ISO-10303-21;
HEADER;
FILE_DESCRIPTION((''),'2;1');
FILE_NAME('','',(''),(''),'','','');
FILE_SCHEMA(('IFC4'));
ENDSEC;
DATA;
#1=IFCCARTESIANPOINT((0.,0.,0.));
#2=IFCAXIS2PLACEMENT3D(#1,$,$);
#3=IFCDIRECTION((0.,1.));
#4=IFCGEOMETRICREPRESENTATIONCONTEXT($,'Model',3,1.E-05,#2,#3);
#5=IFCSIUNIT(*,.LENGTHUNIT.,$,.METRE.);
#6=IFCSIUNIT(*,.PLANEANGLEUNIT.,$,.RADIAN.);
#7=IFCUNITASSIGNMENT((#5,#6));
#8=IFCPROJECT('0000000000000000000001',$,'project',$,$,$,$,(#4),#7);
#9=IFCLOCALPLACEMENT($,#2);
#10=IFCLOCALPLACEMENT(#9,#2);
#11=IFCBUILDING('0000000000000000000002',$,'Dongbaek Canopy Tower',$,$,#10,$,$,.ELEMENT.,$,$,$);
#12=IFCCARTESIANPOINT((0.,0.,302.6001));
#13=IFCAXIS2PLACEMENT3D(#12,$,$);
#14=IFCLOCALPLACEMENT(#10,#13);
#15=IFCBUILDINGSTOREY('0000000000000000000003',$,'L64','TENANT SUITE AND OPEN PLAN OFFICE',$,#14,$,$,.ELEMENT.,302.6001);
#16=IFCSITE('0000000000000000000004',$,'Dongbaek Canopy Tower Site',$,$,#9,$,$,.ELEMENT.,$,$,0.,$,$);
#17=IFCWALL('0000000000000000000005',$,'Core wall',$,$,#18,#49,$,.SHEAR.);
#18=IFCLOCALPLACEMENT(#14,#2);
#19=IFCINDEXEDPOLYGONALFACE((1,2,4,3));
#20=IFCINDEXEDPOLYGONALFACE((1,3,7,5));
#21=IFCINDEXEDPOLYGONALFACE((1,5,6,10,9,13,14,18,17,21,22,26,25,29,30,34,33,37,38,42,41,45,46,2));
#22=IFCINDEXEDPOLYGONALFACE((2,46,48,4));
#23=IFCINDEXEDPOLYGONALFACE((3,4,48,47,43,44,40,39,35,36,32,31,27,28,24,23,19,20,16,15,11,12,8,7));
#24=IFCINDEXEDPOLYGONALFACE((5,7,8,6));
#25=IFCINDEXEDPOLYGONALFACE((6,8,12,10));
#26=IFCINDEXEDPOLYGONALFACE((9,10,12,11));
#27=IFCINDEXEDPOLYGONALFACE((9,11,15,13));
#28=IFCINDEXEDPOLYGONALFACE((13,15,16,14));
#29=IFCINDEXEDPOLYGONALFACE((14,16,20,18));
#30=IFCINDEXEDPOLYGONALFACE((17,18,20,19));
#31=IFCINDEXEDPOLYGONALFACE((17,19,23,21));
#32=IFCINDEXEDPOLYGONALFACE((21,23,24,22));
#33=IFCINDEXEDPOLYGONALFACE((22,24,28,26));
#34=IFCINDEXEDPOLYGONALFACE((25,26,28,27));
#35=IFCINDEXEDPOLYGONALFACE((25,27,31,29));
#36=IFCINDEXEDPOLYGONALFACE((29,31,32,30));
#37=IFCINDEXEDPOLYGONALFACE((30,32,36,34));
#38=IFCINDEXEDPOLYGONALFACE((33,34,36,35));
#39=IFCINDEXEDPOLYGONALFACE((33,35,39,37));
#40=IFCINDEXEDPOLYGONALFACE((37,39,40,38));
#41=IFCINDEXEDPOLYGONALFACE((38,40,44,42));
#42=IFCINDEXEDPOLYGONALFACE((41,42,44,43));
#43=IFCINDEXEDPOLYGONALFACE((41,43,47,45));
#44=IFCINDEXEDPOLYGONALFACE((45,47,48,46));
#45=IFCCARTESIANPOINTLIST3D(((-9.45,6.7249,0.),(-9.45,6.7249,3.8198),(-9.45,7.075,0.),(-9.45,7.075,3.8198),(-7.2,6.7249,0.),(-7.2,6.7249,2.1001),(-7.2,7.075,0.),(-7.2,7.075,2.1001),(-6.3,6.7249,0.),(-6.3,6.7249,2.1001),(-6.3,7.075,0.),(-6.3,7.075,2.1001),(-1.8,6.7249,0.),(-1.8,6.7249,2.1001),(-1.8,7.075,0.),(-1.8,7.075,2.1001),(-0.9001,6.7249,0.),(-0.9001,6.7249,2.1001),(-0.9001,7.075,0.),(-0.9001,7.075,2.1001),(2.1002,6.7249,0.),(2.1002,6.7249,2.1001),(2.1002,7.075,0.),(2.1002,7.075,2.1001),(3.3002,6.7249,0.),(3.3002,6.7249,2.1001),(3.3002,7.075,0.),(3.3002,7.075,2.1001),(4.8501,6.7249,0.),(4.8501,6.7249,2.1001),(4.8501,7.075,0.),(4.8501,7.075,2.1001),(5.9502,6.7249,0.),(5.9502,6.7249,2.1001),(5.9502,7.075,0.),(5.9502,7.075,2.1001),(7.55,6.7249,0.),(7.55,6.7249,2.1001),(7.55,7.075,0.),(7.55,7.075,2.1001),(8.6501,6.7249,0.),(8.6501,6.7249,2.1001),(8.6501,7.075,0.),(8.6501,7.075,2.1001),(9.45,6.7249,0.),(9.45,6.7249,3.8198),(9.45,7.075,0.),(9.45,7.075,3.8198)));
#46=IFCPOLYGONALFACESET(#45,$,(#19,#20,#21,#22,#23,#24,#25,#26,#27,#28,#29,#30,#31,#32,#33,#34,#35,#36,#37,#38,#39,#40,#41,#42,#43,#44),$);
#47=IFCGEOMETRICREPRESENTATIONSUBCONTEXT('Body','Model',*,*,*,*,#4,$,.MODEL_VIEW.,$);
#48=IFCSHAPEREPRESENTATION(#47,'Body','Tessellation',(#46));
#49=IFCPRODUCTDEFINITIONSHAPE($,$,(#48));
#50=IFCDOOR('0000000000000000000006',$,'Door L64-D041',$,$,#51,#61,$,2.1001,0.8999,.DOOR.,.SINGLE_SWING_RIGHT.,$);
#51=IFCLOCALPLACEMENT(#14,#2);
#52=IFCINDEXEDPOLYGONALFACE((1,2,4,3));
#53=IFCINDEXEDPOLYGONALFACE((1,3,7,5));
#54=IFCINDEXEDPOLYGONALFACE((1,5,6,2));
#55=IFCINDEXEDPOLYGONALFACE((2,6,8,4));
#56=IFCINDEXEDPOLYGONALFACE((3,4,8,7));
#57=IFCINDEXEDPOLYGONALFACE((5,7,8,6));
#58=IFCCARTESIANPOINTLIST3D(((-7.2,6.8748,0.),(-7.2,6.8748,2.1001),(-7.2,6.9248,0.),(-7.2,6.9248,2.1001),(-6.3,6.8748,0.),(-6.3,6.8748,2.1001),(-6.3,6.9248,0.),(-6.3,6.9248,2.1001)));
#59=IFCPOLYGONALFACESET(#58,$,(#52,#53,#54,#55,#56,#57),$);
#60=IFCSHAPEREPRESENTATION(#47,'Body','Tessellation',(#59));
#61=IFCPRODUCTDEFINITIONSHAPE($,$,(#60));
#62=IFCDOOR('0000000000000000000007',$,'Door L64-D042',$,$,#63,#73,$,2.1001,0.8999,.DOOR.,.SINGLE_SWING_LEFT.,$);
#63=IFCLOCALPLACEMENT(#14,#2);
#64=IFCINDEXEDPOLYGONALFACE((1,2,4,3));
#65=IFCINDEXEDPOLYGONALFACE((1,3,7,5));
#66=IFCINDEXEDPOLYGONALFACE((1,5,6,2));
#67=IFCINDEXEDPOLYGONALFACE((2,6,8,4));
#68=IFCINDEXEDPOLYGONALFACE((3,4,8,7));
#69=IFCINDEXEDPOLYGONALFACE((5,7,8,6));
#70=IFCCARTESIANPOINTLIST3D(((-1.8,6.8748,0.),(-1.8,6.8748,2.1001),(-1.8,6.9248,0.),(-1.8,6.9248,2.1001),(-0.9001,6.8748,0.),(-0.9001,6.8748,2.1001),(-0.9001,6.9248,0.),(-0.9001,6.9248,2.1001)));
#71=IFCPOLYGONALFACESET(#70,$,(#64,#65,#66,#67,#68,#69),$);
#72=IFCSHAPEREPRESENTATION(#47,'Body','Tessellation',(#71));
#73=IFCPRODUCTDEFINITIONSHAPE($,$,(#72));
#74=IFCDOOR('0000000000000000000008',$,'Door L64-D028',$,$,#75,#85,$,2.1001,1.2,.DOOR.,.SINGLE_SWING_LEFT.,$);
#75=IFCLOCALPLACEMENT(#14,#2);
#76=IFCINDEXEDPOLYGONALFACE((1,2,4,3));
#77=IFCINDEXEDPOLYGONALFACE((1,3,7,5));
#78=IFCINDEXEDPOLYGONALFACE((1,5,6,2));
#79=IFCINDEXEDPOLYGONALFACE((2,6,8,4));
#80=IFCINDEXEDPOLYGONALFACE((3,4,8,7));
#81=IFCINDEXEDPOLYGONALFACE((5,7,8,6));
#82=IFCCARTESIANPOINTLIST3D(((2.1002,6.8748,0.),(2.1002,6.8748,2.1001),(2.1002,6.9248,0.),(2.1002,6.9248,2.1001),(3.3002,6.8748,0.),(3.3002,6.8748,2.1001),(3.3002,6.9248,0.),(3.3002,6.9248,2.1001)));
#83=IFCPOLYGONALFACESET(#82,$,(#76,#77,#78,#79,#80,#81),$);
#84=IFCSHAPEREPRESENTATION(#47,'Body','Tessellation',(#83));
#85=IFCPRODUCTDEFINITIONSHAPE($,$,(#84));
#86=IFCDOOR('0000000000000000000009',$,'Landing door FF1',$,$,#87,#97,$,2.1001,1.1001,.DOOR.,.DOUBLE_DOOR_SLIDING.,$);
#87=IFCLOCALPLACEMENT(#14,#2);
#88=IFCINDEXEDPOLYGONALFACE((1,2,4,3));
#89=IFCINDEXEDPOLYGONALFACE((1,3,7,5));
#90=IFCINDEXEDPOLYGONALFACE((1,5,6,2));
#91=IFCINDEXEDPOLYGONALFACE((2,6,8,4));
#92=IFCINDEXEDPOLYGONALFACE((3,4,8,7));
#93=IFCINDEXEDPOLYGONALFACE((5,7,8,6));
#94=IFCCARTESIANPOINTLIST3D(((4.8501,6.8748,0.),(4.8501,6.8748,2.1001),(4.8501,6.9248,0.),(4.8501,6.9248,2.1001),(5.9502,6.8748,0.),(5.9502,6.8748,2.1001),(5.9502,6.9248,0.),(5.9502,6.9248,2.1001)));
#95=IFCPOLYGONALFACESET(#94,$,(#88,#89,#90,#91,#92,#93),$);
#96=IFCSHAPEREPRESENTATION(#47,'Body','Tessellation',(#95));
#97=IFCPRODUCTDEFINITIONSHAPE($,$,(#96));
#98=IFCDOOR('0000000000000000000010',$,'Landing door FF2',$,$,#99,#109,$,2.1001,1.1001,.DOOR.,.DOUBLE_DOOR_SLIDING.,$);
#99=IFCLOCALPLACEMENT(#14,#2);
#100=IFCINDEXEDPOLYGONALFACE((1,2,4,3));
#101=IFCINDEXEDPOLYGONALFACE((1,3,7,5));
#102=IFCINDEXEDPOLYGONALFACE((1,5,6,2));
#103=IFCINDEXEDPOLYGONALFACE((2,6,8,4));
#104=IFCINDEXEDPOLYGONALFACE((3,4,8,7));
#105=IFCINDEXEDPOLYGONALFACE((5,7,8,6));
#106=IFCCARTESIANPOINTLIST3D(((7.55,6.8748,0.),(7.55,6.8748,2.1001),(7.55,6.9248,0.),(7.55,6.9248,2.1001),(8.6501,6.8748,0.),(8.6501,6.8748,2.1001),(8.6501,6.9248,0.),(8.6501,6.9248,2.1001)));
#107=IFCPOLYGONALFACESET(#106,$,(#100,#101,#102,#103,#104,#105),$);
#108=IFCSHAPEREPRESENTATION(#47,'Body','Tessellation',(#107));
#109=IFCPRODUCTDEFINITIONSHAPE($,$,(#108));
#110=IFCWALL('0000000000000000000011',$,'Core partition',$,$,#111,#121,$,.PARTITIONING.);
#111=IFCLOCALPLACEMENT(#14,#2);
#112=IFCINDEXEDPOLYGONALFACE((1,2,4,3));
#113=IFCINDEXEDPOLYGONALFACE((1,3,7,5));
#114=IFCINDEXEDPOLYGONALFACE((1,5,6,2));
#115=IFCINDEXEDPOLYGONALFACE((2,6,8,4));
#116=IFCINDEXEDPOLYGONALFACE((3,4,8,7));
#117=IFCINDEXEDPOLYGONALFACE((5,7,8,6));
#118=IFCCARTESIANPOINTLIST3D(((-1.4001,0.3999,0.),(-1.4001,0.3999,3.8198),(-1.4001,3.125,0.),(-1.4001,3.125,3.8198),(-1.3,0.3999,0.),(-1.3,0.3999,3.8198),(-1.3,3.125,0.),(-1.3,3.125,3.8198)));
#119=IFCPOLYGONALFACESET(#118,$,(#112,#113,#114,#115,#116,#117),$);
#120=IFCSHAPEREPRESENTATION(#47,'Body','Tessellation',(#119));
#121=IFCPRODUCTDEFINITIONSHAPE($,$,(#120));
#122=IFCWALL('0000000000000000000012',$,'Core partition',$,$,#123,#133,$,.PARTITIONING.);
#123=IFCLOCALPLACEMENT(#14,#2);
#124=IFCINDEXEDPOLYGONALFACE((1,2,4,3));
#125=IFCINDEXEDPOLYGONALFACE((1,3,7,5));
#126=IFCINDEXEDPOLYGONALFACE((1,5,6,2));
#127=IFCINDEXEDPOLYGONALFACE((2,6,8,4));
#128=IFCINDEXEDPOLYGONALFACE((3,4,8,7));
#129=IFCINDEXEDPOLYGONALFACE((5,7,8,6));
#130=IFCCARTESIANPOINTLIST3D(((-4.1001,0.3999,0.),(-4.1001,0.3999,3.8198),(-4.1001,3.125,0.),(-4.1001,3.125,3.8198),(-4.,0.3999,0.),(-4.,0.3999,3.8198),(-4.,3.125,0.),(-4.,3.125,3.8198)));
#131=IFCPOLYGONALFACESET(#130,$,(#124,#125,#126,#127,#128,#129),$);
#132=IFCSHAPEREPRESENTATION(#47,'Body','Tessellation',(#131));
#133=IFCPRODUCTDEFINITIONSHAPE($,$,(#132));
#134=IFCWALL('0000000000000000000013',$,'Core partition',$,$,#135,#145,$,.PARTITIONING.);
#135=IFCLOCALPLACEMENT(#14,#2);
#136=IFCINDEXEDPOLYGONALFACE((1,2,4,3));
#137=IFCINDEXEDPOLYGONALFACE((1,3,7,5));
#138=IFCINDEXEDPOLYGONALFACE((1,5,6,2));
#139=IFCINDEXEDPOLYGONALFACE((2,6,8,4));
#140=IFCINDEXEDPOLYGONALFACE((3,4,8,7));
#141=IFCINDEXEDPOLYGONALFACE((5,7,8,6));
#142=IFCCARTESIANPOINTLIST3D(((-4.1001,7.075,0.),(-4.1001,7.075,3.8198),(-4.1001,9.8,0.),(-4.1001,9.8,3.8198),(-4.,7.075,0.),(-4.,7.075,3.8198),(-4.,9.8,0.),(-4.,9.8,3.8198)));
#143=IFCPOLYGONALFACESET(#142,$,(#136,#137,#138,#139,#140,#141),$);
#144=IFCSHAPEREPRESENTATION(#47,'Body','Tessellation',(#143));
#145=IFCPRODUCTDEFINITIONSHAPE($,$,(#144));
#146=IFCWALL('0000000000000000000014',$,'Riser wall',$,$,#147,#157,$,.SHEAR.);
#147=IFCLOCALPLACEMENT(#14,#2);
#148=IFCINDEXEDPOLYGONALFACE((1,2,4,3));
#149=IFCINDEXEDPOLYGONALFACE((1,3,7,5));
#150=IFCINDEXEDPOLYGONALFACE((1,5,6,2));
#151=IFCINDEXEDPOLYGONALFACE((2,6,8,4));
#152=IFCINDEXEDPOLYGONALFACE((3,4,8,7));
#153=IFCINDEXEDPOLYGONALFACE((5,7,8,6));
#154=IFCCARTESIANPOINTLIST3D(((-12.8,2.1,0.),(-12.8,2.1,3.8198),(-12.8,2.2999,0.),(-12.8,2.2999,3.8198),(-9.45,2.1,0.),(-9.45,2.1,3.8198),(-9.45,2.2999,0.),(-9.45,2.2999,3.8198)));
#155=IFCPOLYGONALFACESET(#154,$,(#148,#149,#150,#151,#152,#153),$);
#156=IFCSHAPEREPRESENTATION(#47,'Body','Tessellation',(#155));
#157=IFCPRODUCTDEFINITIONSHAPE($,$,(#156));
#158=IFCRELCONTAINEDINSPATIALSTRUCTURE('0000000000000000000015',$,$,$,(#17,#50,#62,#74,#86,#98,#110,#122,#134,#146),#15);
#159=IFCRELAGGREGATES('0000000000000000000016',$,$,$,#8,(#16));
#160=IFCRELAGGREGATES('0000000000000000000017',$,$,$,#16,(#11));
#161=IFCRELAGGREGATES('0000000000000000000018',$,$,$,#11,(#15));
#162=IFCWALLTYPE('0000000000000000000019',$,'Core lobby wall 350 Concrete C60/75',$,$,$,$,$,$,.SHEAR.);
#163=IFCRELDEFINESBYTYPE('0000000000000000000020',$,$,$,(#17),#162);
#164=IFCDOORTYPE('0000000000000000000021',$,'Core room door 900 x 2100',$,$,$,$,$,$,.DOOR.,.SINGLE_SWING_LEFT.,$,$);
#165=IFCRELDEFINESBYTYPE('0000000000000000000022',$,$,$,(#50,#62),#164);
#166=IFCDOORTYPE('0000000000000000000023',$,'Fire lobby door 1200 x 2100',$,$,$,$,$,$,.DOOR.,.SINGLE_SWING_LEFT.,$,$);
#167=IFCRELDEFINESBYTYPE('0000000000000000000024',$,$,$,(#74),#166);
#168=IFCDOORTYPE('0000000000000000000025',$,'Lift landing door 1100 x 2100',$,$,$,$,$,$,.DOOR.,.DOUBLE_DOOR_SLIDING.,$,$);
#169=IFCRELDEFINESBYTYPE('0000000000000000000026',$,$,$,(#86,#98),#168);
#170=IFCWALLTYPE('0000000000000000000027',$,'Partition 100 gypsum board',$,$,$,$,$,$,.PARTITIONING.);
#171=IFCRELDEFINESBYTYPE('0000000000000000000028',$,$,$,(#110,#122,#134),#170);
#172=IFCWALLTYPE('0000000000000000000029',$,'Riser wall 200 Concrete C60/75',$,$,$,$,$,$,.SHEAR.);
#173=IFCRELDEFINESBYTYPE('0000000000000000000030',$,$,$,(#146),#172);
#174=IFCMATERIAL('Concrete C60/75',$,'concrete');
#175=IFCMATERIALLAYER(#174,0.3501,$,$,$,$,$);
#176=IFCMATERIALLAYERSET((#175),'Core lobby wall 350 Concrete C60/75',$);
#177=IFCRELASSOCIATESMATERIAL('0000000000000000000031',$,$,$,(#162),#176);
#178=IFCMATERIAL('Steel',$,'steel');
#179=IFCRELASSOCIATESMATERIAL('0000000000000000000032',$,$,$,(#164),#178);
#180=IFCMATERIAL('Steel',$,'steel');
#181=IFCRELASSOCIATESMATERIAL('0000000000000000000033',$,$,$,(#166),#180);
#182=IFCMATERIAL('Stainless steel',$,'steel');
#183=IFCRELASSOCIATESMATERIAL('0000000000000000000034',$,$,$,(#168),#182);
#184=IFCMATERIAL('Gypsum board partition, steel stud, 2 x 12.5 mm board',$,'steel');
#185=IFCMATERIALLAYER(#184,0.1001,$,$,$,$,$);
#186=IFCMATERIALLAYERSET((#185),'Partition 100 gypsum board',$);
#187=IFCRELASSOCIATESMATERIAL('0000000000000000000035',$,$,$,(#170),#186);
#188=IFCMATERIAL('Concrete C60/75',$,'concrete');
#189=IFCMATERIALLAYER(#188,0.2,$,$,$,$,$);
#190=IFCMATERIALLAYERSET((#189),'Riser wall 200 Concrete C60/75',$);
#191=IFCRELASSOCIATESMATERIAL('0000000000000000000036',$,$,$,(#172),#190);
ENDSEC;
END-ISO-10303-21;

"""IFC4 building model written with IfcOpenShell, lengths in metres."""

from ifc_helpers import new_model, si_unit, direction, frame, frame_2d, origin, place, context, subcontext, project, spatial, rectangle, extrude, material, layer, layer_set, type_object, element, fill, save


model = new_model("IFC4")

# Units and contexts
model_context = context("Model", 3, precision=1e-05, world=origin(), true_north=direction((0.0, 1.0)))
body_context = subcontext(model_context, "Body", "Model", "MODEL_VIEW")
ifc_project = project(units=[si_unit("LENGTHUNIT", "METRE"), si_unit("PLANEANGLEUNIT", "RADIAN")], contexts=[model_context])

# Site, building, storey
site_placement = place(None, origin())
site = spatial("IfcSite", under=ifc_project, at=site_placement, Name="Dongbaek Canopy Tower Site", CompositionType="ELEMENT", RefElevation=0.0)
building_placement = place(site_placement, origin())
building = spatial("IfcBuilding", under=site, at=building_placement, Name="Dongbaek Canopy Tower", CompositionType="ELEMENT")
storey_placement = place(building_placement, frame((0.0, 0.0, 302.6001)))
storey = spatial("IfcBuildingStorey", under=building, at=storey_placement, Name="L64", Description="TENANT SUITE AND OPEN PLAN OFFICE", CompositionType="ELEMENT", Elevation=302.6001)

# Wall, openings, doors
ifc_material_1 = material(Name="Concrete C60/75", Category="concrete")
ifc_layer_1 = layer(ifc_material_1, 0.3501)
ifc_layer_set_1 = layer_set([ifc_layer_1], Name="Core lobby wall 350 Concrete C60/75")
wall_type_1 = type_object("IfcWallType", Name="Core lobby wall 350 Concrete C60/75", PredefinedType="SHEAR", material=ifc_layer_set_1)
wall_1_placement = place(storey_placement, frame((-9.45, 6.8999, 0.0), z_axis=(0.0, 0.0, 1.0), x_axis=(1.0, 0.0, 0.0)))
wall_1 = element("IfcWall", 1, at=wall_1_placement, inside=storey, type_object=wall_type_1, Name="Core wall", PredefinedType="SHEAR", context=body_context, shape_type="SweptSolid", body=[
    extrude(rectangle(XDim=18.8999, YDim=0.3501, at=frame_2d((9.45, 0.0))), origin(), (0.0, 0.0, 1.0), 3.8198),
])
opening_1_placement = place(wall_1_placement, frame((11.55, 0.0, 0.0)))
opening_1 = element("IfcOpeningElement", 2, at=opening_1_placement, cuts=wall_1, PredefinedType="OPENING", context=body_context, shape_type="SweptSolid", body=[
    extrude(rectangle(XDim=1.2, YDim=2.1001, at=frame_2d((0.6001, 1.05))), frame((0.0, 0.1851, 0.0), z_axis=(0.0, -1.0, 0.0), x_axis=(1.0, 0.0, 0.0)), (0.0, 0.0, 1.0), 0.3701),
])
opening_2_placement = place(wall_1_placement, frame((14.3, 0.0, 0.0)))
opening_2 = element("IfcOpeningElement", 3, at=opening_2_placement, cuts=wall_1, PredefinedType="OPENING", context=body_context, shape_type="SweptSolid", body=[
    extrude(rectangle(XDim=1.1001, YDim=2.1001, at=frame_2d((0.55, 1.05))), frame((0.0, 0.1851, 0.0), z_axis=(0.0, -1.0, 0.0), x_axis=(1.0, 0.0, 0.0)), (0.0, 0.0, 1.0), 0.3701),
])
opening_3_placement = place(wall_1_placement, frame((17.0, 0.0, 0.0)))
opening_3 = element("IfcOpeningElement", 4, at=opening_3_placement, cuts=wall_1, PredefinedType="OPENING", context=body_context, shape_type="SweptSolid", body=[
    extrude(rectangle(XDim=1.1001, YDim=2.1001, at=frame_2d((0.55, 1.05))), frame((0.0, 0.1851, 0.0), z_axis=(0.0, -1.0, 0.0), x_axis=(1.0, 0.0, 0.0)), (0.0, 0.0, 1.0), 0.3701),
])
opening_4_placement = place(wall_1_placement, frame((2.25, 0.0, 0.0)))
opening_4 = element("IfcOpeningElement", 5, at=opening_4_placement, cuts=wall_1, PredefinedType="OPENING", context=body_context, shape_type="SweptSolid", body=[
    extrude(rectangle(XDim=0.8999, YDim=2.1001, at=frame_2d((0.45, 1.05))), frame((0.0, 0.1851, 0.0), z_axis=(0.0, -1.0, 0.0), x_axis=(1.0, 0.0, 0.0)), (0.0, 0.0, 1.0), 0.3701),
])
opening_5_placement = place(wall_1_placement, frame((7.6499, 0.0, 0.0)))
opening_5 = element("IfcOpeningElement", 6, at=opening_5_placement, cuts=wall_1, PredefinedType="OPENING", context=body_context, shape_type="SweptSolid", body=[
    extrude(rectangle(XDim=0.8999, YDim=2.1001, at=frame_2d((0.45, 1.05))), frame((0.0, 0.1851, 0.0), z_axis=(0.0, -1.0, 0.0), x_axis=(1.0, 0.0, 0.0)), (0.0, 0.0, 1.0), 0.3701),
])
ifc_material_2 = material(Name="Steel", Category="steel")
door_type_1 = type_object("IfcDoorType", Name="Core room door 900 x 2100", OperationType="SINGLE_SWING_LEFT", PredefinedType="DOOR", material=ifc_material_2)
door_1_placement = place(opening_4_placement, origin())
door_1 = element("IfcDoor", 7, at=door_1_placement, inside=storey, type_object=door_type_1, Name="Door L64-D041", OperationType="SINGLE_SWING_RIGHT", OverallHeight=2.1001, OverallWidth=0.8999, PredefinedType="DOOR", context=body_context, shape_type="SweptSolid", body=[
    extrude(rectangle(XDim=0.8999, YDim=2.1001, at=frame_2d((0.45, 1.05))), frame((0.0, 0.0249, 0.0), z_axis=(0.0, -1.0, 0.0), x_axis=(1.0, 0.0, 0.0)), (0.0, 0.0, 1.0), 0.05),
])
fill(opening_4, door_1)
door_2_placement = place(opening_5_placement, origin())
door_2 = element("IfcDoor", 8, at=door_2_placement, inside=storey, type_object=door_type_1, Name="Door L64-D042", OperationType="SINGLE_SWING_LEFT", OverallHeight=2.1001, OverallWidth=0.8999, PredefinedType="DOOR", context=body_context, shape_type="SweptSolid", body=[
    extrude(rectangle(XDim=0.8999, YDim=2.1001, at=frame_2d((0.45, 1.05))), frame((0.0, 0.0249, 0.0), z_axis=(0.0, -1.0, 0.0), x_axis=(1.0, 0.0, 0.0)), (0.0, 0.0, 1.0), 0.05),
])
fill(opening_5, door_2)
ifc_material_3 = material(Name="Steel", Category="steel")
door_type_2 = type_object("IfcDoorType", Name="Fire lobby door 1200 x 2100", OperationType="SINGLE_SWING_LEFT", PredefinedType="DOOR", material=ifc_material_3)
door_3_placement = place(opening_1_placement, origin())
door_3 = element("IfcDoor", 9, at=door_3_placement, inside=storey, type_object=door_type_2, Name="Door L64-D028", OperationType="SINGLE_SWING_LEFT", OverallHeight=2.1001, OverallWidth=1.2, PredefinedType="DOOR", context=body_context, shape_type="SweptSolid", body=[
    extrude(rectangle(XDim=1.2, YDim=2.1001, at=frame_2d((0.6001, 1.05))), frame((0.0, 0.0249, 0.0), z_axis=(0.0, -1.0, 0.0), x_axis=(1.0, 0.0, 0.0)), (0.0, 0.0, 1.0), 0.05),
])
fill(opening_1, door_3)
ifc_material_4 = material(Name="Stainless steel", Category="steel")
door_type_3 = type_object("IfcDoorType", Name="Lift landing door 1100 x 2100", OperationType="DOUBLE_DOOR_SLIDING", PredefinedType="DOOR", material=ifc_material_4)
door_4_placement = place(opening_2_placement, origin())
door_4 = element("IfcDoor", 10, at=door_4_placement, inside=storey, type_object=door_type_3, Name="Landing door FF1", OperationType="DOUBLE_DOOR_SLIDING", OverallHeight=2.1001, OverallWidth=1.1001, PredefinedType="DOOR", context=body_context, shape_type="SweptSolid", body=[
    extrude(rectangle(XDim=1.1001, YDim=2.1001, at=frame_2d((0.55, 1.05))), frame((0.0, 0.0249, 0.0), z_axis=(0.0, -1.0, 0.0), x_axis=(1.0, 0.0, 0.0)), (0.0, 0.0, 1.0), 0.05),
])
fill(opening_2, door_4)
door_5_placement = place(opening_3_placement, origin())
door_5 = element("IfcDoor", 11, at=door_5_placement, inside=storey, type_object=door_type_3, Name="Landing door FF2", OperationType="DOUBLE_DOOR_SLIDING", OverallHeight=2.1001, OverallWidth=1.1001, PredefinedType="DOOR", context=body_context, shape_type="SweptSolid", body=[
    extrude(rectangle(XDim=1.1001, YDim=2.1001, at=frame_2d((0.55, 1.05))), frame((0.0, 0.0249, 0.0), z_axis=(0.0, -1.0, 0.0), x_axis=(1.0, 0.0, 0.0)), (0.0, 0.0, 1.0), 0.05),
])
fill(opening_3, door_5)

# Walls
ifc_material_5 = material(Name="Gypsum board partition, steel stud, 2 x 12.5 mm board", Category="steel")
ifc_layer_2 = layer(ifc_material_5, 0.1001)
ifc_layer_set_2 = layer_set([ifc_layer_2], Name="Partition 100 gypsum board")
wall_type_2 = type_object("IfcWallType", Name="Partition 100 gypsum board", PredefinedType="PARTITIONING", material=ifc_layer_set_2)
for number, where, z_axis, x_axis, name in (
    (12, (-1.3501, 0.3999, 0.0), (0.0, 0.0, 1.0), (0.0, 1.0, 0.0), "Core partition"),
    (13, (-4.05, 0.3999, 0.0), (0.0, 0.0, 1.0), (0.0, 1.0, 0.0), "Core partition"),
    (14, (-4.05, 7.075, 0.0), (0.0, 0.0, 1.0), (0.0, 1.0, 0.0), "Core partition"),
):
    element("IfcWall", number, at=place(storey_placement, frame(where, z_axis=z_axis, x_axis=x_axis)), inside=storey, type_object=wall_type_2, Name=name, PredefinedType="PARTITIONING", context=body_context, shape_type="SweptSolid", body=[
        extrude(rectangle(XDim=2.7251, YDim=0.1001, at=frame_2d((1.3625, 0.0))), origin(), (0.0, 0.0, 1.0), 3.8198),
    ])
ifc_material_6 = material(Name="Concrete C60/75", Category="concrete")
ifc_layer_3 = layer(ifc_material_6, 0.2)
ifc_layer_set_3 = layer_set([ifc_layer_3], Name="Riser wall 200 Concrete C60/75")
wall_type_3 = type_object("IfcWallType", Name="Riser wall 200 Concrete C60/75", PredefinedType="SHEAR", material=ifc_layer_set_3)
wall_2_placement = place(storey_placement, frame((-9.45, 2.2, 0.0), z_axis=(0.0, 0.0, 1.0), x_axis=(-1.0, 0.0, 0.0)))
element("IfcWall", 15, at=wall_2_placement, inside=storey, type_object=wall_type_3, Name="Riser wall", PredefinedType="SHEAR", context=body_context, shape_type="SweptSolid", body=[
    extrude(rectangle(XDim=3.3501, YDim=0.2, at=frame_2d((1.675, 0.0))), origin(), (0.0, 0.0, 1.0), 3.8198),
])

save(model, "model.ifc")
